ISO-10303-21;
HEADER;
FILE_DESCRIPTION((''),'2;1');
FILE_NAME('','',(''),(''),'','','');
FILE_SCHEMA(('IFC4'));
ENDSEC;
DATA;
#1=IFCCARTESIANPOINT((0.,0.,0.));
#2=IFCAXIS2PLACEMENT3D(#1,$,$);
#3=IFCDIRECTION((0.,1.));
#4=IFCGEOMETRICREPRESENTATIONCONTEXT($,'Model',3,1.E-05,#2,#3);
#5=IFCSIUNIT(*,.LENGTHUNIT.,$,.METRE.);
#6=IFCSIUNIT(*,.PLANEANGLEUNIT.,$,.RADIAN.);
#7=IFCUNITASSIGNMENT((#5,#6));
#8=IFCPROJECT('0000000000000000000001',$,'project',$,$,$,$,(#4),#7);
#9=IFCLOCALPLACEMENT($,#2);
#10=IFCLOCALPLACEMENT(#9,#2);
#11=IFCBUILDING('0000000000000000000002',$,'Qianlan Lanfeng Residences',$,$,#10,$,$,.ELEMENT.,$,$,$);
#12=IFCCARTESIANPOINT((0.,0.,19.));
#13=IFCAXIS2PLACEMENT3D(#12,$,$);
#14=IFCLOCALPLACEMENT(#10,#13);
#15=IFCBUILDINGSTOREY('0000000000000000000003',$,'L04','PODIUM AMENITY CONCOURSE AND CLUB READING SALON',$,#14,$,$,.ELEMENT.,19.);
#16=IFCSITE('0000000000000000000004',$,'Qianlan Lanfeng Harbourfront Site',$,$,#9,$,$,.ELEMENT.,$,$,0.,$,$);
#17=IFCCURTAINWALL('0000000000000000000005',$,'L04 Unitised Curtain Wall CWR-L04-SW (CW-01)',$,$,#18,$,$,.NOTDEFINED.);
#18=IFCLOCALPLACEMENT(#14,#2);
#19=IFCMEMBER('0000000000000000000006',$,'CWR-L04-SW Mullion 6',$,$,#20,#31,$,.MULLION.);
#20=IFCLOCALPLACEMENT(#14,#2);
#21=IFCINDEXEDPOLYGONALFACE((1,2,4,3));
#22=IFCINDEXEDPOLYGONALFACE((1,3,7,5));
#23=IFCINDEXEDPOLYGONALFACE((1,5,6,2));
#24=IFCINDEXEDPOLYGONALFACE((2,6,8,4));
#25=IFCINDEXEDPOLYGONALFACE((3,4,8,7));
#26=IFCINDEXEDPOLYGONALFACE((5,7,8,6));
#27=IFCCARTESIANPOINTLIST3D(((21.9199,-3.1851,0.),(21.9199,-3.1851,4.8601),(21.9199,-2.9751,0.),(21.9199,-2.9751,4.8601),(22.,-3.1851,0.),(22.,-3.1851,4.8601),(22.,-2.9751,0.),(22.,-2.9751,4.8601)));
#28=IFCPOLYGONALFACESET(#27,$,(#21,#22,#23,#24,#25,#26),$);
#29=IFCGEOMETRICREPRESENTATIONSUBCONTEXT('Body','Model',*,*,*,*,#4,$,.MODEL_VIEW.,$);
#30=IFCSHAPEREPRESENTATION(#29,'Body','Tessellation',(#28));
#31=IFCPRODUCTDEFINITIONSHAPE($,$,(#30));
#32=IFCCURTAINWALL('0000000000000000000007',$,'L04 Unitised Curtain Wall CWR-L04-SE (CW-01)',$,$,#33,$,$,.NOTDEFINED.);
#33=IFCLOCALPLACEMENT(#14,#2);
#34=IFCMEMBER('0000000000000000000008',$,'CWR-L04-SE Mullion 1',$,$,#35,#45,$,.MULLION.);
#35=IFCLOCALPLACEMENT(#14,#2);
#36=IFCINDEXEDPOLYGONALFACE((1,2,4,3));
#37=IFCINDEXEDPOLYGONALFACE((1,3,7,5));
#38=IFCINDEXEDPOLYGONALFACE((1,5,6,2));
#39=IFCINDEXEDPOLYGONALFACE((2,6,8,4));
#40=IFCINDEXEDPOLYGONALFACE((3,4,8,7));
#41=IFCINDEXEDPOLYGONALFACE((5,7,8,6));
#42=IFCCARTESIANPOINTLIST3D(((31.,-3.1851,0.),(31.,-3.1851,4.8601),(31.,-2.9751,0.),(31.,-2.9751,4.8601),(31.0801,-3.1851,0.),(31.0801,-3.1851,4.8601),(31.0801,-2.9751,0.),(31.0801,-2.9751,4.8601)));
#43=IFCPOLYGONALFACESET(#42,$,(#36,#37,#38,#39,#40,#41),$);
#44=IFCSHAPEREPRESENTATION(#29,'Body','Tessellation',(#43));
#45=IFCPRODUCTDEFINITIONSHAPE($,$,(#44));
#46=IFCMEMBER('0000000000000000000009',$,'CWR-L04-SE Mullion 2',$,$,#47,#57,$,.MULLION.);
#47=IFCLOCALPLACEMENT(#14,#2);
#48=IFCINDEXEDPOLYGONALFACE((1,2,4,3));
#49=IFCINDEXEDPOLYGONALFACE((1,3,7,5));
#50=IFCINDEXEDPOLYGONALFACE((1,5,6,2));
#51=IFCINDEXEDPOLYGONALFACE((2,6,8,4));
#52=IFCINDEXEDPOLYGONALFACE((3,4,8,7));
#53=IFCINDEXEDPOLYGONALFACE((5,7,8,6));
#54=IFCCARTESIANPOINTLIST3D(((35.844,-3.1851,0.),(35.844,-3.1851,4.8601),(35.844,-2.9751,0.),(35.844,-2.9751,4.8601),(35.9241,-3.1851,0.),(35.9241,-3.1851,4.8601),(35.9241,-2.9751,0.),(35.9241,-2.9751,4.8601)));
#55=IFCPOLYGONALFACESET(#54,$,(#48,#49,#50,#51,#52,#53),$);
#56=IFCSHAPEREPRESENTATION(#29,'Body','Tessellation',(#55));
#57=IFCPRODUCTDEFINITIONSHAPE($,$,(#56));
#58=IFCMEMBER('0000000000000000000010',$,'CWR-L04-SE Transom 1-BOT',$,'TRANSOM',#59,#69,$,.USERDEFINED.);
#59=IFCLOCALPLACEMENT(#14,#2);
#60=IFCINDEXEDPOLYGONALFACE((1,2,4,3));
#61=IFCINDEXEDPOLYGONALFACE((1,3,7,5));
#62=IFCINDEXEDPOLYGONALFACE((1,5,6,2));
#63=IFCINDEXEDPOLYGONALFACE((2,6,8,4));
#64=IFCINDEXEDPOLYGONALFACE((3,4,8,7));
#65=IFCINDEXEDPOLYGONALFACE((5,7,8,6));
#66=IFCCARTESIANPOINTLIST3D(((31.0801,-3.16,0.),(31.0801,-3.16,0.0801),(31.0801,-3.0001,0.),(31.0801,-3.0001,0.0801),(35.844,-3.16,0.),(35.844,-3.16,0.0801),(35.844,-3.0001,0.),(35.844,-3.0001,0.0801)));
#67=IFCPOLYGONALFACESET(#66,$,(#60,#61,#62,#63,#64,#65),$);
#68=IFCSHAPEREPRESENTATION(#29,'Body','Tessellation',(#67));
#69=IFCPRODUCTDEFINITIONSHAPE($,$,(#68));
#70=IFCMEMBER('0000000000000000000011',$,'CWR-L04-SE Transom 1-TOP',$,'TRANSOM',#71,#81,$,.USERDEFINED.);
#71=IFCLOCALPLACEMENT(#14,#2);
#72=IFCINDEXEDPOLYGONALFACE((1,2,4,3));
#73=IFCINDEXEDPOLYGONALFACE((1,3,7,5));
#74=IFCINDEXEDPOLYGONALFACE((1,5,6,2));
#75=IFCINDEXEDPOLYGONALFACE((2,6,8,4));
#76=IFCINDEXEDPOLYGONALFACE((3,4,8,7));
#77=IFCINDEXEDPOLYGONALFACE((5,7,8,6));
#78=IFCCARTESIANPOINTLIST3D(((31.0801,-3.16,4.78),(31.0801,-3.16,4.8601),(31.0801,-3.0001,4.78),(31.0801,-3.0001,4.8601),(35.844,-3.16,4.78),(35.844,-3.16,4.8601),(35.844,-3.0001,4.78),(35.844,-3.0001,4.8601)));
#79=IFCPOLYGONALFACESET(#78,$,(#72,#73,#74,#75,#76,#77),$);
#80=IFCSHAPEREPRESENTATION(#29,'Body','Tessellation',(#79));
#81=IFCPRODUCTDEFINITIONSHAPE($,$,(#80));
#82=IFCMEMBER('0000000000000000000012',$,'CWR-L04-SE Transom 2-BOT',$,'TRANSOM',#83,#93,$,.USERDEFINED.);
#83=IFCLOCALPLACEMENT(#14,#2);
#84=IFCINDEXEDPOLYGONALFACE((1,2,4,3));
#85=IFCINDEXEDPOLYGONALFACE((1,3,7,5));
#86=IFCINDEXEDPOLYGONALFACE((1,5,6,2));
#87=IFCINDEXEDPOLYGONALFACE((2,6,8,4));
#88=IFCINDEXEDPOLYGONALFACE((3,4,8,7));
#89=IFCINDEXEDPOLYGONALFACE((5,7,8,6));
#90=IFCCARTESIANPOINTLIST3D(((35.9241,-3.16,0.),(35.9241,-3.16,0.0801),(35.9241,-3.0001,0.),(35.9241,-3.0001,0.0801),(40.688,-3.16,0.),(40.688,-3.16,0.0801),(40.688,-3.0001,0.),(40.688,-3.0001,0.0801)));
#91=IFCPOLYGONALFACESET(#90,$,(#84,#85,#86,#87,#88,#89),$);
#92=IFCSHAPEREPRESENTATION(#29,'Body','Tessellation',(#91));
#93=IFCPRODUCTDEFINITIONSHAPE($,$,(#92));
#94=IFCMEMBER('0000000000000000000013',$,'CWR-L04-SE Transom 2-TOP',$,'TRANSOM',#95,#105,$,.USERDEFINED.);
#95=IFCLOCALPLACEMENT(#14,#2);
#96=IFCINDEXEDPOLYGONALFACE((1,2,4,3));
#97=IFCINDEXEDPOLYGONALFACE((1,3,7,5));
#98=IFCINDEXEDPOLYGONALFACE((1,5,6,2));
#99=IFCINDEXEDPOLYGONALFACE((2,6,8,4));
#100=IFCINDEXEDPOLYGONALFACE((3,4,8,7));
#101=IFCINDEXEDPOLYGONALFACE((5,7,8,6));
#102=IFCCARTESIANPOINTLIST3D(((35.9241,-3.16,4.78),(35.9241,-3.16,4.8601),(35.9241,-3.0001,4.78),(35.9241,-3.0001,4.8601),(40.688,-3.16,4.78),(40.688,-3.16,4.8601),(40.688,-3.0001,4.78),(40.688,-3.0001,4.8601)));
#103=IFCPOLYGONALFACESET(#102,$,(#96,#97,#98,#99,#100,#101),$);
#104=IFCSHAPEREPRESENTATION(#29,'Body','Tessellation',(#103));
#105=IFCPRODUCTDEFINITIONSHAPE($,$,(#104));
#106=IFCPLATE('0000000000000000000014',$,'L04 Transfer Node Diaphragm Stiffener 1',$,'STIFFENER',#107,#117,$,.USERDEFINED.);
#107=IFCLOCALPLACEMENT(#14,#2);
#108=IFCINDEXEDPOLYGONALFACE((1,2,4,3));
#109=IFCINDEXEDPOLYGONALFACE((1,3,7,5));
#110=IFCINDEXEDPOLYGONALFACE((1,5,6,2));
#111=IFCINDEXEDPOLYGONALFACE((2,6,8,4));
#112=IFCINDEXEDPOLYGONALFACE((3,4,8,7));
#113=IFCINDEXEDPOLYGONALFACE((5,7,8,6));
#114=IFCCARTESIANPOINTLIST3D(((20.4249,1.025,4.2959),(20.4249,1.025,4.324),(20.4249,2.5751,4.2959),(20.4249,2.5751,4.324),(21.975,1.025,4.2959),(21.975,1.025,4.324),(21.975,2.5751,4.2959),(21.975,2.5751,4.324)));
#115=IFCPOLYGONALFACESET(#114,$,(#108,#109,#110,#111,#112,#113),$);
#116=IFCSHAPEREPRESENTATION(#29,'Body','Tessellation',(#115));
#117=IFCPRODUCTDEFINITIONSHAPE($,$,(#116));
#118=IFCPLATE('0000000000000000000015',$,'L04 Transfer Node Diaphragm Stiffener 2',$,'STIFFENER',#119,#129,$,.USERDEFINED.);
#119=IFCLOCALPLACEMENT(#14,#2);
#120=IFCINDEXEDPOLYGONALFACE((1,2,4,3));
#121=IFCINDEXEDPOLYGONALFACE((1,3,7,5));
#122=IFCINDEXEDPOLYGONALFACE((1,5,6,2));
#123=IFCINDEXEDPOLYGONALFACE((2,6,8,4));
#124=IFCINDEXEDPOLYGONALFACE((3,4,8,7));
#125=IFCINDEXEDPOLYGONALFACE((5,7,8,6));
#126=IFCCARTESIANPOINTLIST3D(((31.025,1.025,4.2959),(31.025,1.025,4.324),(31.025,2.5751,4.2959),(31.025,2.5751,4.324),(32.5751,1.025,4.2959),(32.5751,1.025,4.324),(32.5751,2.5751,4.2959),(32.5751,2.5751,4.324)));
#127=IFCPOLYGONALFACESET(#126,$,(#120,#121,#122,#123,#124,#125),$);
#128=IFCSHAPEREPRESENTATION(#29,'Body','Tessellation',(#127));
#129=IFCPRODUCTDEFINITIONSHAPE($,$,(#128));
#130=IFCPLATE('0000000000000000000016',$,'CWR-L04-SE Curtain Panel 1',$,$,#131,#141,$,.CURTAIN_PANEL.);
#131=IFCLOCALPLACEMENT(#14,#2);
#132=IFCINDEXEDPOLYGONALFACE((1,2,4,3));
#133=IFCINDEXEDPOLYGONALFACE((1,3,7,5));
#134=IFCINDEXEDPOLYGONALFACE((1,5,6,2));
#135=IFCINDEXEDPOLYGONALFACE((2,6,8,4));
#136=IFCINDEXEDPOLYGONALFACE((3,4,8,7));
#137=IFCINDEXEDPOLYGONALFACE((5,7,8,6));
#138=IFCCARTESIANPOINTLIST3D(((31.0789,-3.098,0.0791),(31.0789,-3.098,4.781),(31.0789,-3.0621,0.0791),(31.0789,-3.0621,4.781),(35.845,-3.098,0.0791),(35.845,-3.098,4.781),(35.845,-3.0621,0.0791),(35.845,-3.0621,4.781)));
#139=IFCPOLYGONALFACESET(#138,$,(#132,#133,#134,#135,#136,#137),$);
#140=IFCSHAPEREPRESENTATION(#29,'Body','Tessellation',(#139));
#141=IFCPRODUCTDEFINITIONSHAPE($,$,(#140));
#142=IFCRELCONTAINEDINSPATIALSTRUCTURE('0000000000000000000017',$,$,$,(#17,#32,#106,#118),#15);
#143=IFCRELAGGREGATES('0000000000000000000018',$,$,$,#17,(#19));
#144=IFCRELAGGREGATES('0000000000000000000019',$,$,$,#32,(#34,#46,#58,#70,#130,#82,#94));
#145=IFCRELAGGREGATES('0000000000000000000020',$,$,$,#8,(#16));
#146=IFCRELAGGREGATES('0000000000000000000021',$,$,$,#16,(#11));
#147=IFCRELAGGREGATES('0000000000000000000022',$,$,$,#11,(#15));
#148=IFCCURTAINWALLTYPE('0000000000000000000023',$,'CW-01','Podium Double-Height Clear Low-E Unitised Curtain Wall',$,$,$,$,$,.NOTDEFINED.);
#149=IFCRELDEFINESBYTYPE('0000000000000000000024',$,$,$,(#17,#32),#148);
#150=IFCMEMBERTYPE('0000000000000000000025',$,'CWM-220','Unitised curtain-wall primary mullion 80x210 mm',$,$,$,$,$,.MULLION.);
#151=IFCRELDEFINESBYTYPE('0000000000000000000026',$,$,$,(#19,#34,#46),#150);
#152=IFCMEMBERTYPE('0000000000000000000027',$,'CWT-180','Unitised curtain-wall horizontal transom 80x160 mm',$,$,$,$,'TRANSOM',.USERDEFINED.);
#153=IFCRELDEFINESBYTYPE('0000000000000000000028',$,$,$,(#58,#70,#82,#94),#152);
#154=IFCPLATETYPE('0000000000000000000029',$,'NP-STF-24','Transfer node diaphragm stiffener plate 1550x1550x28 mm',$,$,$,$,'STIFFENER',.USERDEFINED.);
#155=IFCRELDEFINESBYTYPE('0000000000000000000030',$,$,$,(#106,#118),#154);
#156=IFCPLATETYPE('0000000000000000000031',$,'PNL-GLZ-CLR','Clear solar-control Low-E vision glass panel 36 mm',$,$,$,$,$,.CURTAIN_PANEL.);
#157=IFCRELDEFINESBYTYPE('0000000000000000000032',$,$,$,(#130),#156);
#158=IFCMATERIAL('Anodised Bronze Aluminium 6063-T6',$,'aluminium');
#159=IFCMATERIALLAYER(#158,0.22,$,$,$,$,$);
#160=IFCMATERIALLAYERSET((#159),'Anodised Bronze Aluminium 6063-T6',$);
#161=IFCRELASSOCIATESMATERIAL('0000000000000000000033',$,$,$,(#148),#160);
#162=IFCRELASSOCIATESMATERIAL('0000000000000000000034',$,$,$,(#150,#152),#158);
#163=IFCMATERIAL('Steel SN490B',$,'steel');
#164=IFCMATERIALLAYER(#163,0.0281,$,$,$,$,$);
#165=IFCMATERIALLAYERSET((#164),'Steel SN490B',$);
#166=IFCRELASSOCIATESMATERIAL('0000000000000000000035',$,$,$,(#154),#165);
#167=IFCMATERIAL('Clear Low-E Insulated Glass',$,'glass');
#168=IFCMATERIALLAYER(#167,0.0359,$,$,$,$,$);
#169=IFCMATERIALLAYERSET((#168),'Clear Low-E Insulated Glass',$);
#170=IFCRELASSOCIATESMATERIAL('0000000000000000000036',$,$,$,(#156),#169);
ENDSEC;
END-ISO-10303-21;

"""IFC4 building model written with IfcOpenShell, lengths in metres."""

from ifc_helpers import new_model, si_unit, direction, frame, origin, origin_2d, place, context, subcontext, project, spatial, rectangle, extrude, source, transform, mapped, material, layer, layer_set, material_profile, profile_set, type_object, element, aggregate, save


model = new_model("IFC4")

# Units and contexts
model_context = context("Model", 3, precision=1e-05, world=origin(), true_north=direction((0.0, 1.0)))
body_context = subcontext(model_context, "Body", "Model", "MODEL_VIEW")
ifc_project = project(units=[si_unit("LENGTHUNIT", "METRE"), si_unit("PLANEANGLEUNIT", "RADIAN")], contexts=[model_context])

# Site, building, storey
site_placement = place(None, origin())
site = spatial("IfcSite", under=ifc_project, at=site_placement, Name="Qianlan Lanfeng Harbourfront Site", CompositionType="ELEMENT", RefElevation=0.0)
building_placement = place(site_placement, origin())
building = spatial("IfcBuilding", under=site, at=building_placement, Name="Qianlan Lanfeng Residences", CompositionType="ELEMENT")
storey_placement = place(building_placement, frame((0.0, 0.0, 19.0)))
storey = spatial("IfcBuildingStorey", under=building, at=storey_placement, Name="L04", Description="PODIUM AMENITY CONCOURSE AND CLUB READING SALON", CompositionType="ELEMENT", Elevation=19.0)

# Shared definitions
ifc_material_1 = material(Name="Steel SN490B", Category="steel")

# Curtain wall, member
ifc_material_2 = material(Name="Anodised Bronze Aluminium 6063-T6", Category="aluminium")
ifc_layer_1 = layer(ifc_material_2, 0.22)
ifc_layer_set_1 = layer_set([ifc_layer_1], Name="Anodised Bronze Aluminium 6063-T6")
curtain_wall_type = type_object("IfcCurtainWallType", Name="CW-01", Description="Podium Double-Height Clear Low-E Unitised Curtain Wall", PredefinedType="NOTDEFINED", material=ifc_layer_set_1)
curtain_wall_1_placement = place(storey_placement, origin())
curtain_wall_1 = element("IfcCurtainWall", 1, at=curtain_wall_1_placement, inside=storey, type_object=curtain_wall_type, Name="L04 Unitised Curtain Wall CWR-L04-SW (CW-01)", PredefinedType="NOTDEFINED")
ifc_material_profile_1 = material_profile(ifc_material_2, rectangle(XDim=0.0801, YDim=0.21, at=origin_2d()), Name="ALU MULLION 80x210")
ifc_profile_set_1 = profile_set([ifc_material_profile_1], Name="Anodised Bronze Aluminium 6063-T6")
member_type_1 = type_object("IfcMemberType", Name="CWM-220", Description="Unitised curtain-wall primary mullion 80x210 mm", PredefinedType="MULLION", material=ifc_profile_set_1)
shared_shape_1 = source(origin(), body_context, "Body", "SweptSolid", [
    extrude(rectangle(XDim=0.0801, YDim=0.21, at=origin_2d()), origin(), (0.0, 0.0, 1.0), 4.8601),
])
member_1_placement = place(storey_placement, frame((21.96, -3.0801, 0.0), z_axis=(0.0, 0.0, 1.0), x_axis=(1.0, 0.0, 0.0)))
member_1 = element("IfcMember", 2, at=member_1_placement, type_object=member_type_1, Name="CWR-L04-SW Mullion 6", PredefinedType="MULLION", context=body_context, shape_type="MappedRepresentation", body=[
    mapped(shared_shape_1, transform((0.0, 0.0, 0.0), scale=1.0)),
])
aggregate(curtain_wall_1, [member_1])

# Curtain wall, members
curtain_wall_2_placement = place(storey_placement, origin())
curtain_wall_2 = element("IfcCurtainWall", 3, at=curtain_wall_2_placement, inside=storey, type_object=curtain_wall_type, Name="L04 Unitised Curtain Wall CWR-L04-SE (CW-01)", PredefinedType="NOTDEFINED")
member_2_placement = place(storey_placement, frame((31.04, -3.0801, 0.0), z_axis=(0.0, 0.0, 1.0), x_axis=(1.0, 0.0, 0.0)))
member_2 = element("IfcMember", 4, at=member_2_placement, type_object=member_type_1, Name="CWR-L04-SE Mullion 1", PredefinedType="MULLION", context=body_context, shape_type="MappedRepresentation", body=[
    mapped(shared_shape_1, transform((0.0, 0.0, 0.0), scale=1.0)),
])
member_3_placement = place(storey_placement, frame((35.884, -3.0801, 0.0), z_axis=(0.0, 0.0, 1.0), x_axis=(1.0, 0.0, 0.0)))
member_3 = element("IfcMember", 5, at=member_3_placement, type_object=member_type_1, Name="CWR-L04-SE Mullion 2", PredefinedType="MULLION", context=body_context, shape_type="MappedRepresentation", body=[
    mapped(shared_shape_1, transform((0.0, 0.0, 0.0), scale=1.0)),
])
ifc_material_profile_2 = material_profile(ifc_material_2, rectangle(XDim=0.0801, YDim=0.1599, at=origin_2d()), Name="ALU TRANSOM 80x160")
ifc_profile_set_2 = profile_set([ifc_material_profile_2], Name="Anodised Bronze Aluminium 6063-T6")
member_type_2 = type_object("IfcMemberType", Name="CWT-180", Description="Unitised curtain-wall horizontal transom 80x160 mm", ElementType="TRANSOM", PredefinedType="USERDEFINED", material=ifc_profile_set_2)
shared_shape_2 = source(origin(), body_context, "Body", "SweptSolid", [
    extrude(rectangle(XDim=0.0801, YDim=0.1599, at=origin_2d()), origin(), (0.0, 0.0, 1.0), 4.7639),
])
member_4_placement = place(storey_placement, frame((31.0801, -3.0801, 0.04), z_axis=(1.0, 0.0, 0.0), x_axis=(0.0, 0.0, 1.0)))
member_4 = element("IfcMember", 6, at=member_4_placement, type_object=member_type_2, Name="CWR-L04-SE Transom 1-BOT", ObjectType="TRANSOM", PredefinedType="USERDEFINED", context=body_context, shape_type="MappedRepresentation", body=[
    mapped(shared_shape_2, transform((0.0, 0.0, 0.0), scale=1.0)),
])
member_5_placement = place(storey_placement, frame((31.0801, -3.0801, 4.8201), z_axis=(1.0, 0.0, 0.0), x_axis=(0.0, 0.0, 1.0)))
member_5 = element("IfcMember", 7, at=member_5_placement, type_object=member_type_2, Name="CWR-L04-SE Transom 1-TOP", ObjectType="TRANSOM", PredefinedType="USERDEFINED", context=body_context, shape_type="MappedRepresentation", body=[
    mapped(shared_shape_2, transform((0.0, 0.0, 0.0), scale=1.0)),
])
member_6_placement = place(storey_placement, frame((35.9241, -3.0801, 0.04), z_axis=(1.0, 0.0, 0.0), x_axis=(0.0, 0.0, 1.0)))
member_6 = element("IfcMember", 8, at=member_6_placement, type_object=member_type_2, Name="CWR-L04-SE Transom 2-BOT", ObjectType="TRANSOM", PredefinedType="USERDEFINED", context=body_context, shape_type="MappedRepresentation", body=[
    mapped(shared_shape_2, transform((0.0, 0.0, 0.0), scale=1.0)),
])
member_7_placement = place(storey_placement, frame((35.9241, -3.0801, 4.8201), z_axis=(1.0, 0.0, 0.0), x_axis=(0.0, 0.0, 1.0)))
member_7 = element("IfcMember", 9, at=member_7_placement, type_object=member_type_2, Name="CWR-L04-SE Transom 2-TOP", ObjectType="TRANSOM", PredefinedType="USERDEFINED", context=body_context, shape_type="MappedRepresentation", body=[
    mapped(shared_shape_2, transform((0.0, 0.0, 0.0), scale=1.0)),
])

# Plates
ifc_layer_2 = layer(ifc_material_1, 0.0281)
ifc_layer_set_2 = layer_set([ifc_layer_2], Name="Steel SN490B")
plate_type_1 = type_object("IfcPlateType", Name="NP-STF-24", Description="Transfer node diaphragm stiffener plate 1550x1550x28 mm", ElementType="STIFFENER", PredefinedType="USERDEFINED", material=ifc_layer_set_2)
shared_shape_3 = source(origin(), body_context, "Body", "SweptSolid", [
    extrude(rectangle(XDim=1.55, YDim=1.55, at=origin_2d()), origin(), (0.0, 0.0, 1.0), 0.0281),
])
for number, where, z_axis, x_axis, name in (
    (10, (21.2, 1.8, 4.2959), (0.0, 0.0, 1.0), (1.0, 0.0, 0.0), "L04 Transfer Node Diaphragm Stiffener 1"),
    (11, (31.8, 1.8, 4.2959), (0.0, 0.0, 1.0), (1.0, 0.0, 0.0), "L04 Transfer Node Diaphragm Stiffener 2"),
):
    element("IfcPlate", number, at=place(storey_placement, frame(where, z_axis=z_axis, x_axis=x_axis)), inside=storey, type_object=plate_type_1, Name=name, ObjectType="STIFFENER", PredefinedType="USERDEFINED", context=body_context, shape_type="MappedRepresentation", body=[
        mapped(shared_shape_3, transform((0.0, 0.0, 0.0), scale=1.0)),
    ])

# Plate
ifc_material_3 = material(Name="Clear Low-E Insulated Glass", Category="glass")
ifc_layer_3 = layer(ifc_material_3, 0.0359)
ifc_layer_set_3 = layer_set([ifc_layer_3], Name="Clear Low-E Insulated Glass")
plate_type_2 = type_object("IfcPlateType", Name="PNL-GLZ-CLR", Description="Clear solar-control Low-E vision glass panel 36 mm", PredefinedType="CURTAIN_PANEL", material=ifc_layer_set_3)
shared_shape_4 = source(origin(), body_context, "Body", "SweptSolid", [
    extrude(rectangle(XDim=4.7661, YDim=0.0359, at=origin_2d()), origin(), (0.0, 0.0, 1.0), 4.7019),
])
plate_placement = place(storey_placement, frame((33.4619, -3.0801, 0.0791), z_axis=(0.0, 0.0, 1.0), x_axis=(1.0, 0.0, 0.0)))
plate = element("IfcPlate", 12, at=plate_placement, type_object=plate_type_2, Name="CWR-L04-SE Curtain Panel 1", PredefinedType="CURTAIN_PANEL", context=body_context, shape_type="MappedRepresentation", body=[
    mapped(shared_shape_4, transform((0.0, 0.0, 0.0), scale=1.0)),
])
aggregate(curtain_wall_2, [member_2, member_3, member_4, member_5, plate, member_6, member_7])

save(model, "model.ifc")
